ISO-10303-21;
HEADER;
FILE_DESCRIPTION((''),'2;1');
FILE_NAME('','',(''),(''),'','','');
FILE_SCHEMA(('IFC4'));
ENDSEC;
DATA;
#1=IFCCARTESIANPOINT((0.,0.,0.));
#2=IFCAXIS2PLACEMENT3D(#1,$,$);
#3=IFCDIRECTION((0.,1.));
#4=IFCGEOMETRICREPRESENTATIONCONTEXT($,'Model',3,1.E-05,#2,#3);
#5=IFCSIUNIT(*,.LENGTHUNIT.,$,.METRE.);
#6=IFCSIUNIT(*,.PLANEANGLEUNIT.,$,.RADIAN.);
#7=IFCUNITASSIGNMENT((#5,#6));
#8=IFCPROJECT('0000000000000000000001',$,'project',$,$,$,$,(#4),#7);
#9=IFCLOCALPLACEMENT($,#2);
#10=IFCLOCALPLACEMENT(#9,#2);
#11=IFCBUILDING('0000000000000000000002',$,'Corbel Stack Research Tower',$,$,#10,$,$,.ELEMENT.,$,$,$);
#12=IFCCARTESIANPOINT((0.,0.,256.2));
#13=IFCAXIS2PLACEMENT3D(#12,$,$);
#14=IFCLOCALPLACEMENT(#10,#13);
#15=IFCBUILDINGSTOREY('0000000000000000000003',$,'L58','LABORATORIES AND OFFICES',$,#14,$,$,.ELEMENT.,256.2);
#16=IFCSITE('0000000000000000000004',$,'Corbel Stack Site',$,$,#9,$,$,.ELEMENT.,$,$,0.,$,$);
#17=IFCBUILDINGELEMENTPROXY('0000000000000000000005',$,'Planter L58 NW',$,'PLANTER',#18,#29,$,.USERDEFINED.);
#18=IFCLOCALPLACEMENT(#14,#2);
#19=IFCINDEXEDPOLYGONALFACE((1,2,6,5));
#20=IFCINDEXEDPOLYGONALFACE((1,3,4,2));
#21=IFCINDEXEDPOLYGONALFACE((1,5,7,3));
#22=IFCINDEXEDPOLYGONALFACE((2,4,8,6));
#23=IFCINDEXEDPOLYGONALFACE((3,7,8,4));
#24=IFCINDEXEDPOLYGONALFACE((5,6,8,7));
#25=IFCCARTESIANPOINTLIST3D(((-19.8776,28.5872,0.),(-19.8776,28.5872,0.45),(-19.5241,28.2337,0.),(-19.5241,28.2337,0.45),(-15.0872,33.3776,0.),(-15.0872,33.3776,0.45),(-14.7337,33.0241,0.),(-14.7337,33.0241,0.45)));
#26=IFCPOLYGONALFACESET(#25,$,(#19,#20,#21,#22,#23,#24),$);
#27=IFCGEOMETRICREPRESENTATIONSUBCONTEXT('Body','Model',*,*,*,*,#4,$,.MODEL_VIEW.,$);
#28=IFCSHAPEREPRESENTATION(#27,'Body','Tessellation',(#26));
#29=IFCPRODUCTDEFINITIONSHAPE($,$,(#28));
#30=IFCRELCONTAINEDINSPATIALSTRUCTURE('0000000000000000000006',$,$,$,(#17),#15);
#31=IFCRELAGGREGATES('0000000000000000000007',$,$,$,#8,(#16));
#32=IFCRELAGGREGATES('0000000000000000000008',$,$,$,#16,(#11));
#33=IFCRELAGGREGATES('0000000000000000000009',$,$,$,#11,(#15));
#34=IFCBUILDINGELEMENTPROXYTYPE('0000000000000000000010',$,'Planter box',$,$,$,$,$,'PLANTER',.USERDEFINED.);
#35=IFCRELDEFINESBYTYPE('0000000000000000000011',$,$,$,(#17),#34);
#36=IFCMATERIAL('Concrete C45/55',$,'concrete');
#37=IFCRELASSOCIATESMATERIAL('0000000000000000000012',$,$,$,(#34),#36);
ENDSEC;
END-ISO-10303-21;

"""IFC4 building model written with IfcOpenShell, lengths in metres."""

from ifc_helpers import new_model, si_unit, direction, frame, origin, origin_2d, place, context, subcontext, project, spatial, rectangle, extrude, material, type_object, element, save


model = new_model("IFC4")

# Units and contexts
model_context = context("Model", 3, precision=1e-05, world=origin(), true_north=direction((0.0, 1.0)))
body_context = subcontext(model_context, "Body", "Model", "MODEL_VIEW")
ifc_project = project(units=[si_unit("LENGTHUNIT", "METRE"), si_unit("PLANEANGLEUNIT", "RADIAN")], contexts=[model_context])

# Site, building, storey
site_placement = place(None, origin())
site = spatial("IfcSite", under=ifc_project, at=site_placement, Name="Corbel Stack Site", CompositionType="ELEMENT", RefElevation=0.0)
building_placement = place(site_placement, origin())
building = spatial("IfcBuilding", under=site, at=building_placement, Name="Corbel Stack Research Tower", CompositionType="ELEMENT")
storey_placement = place(building_placement, frame((0.0, 0.0, 256.2)))
storey = spatial("IfcBuildingStorey", under=building, at=storey_placement, Name="L58", Description="LABORATORIES AND OFFICES", CompositionType="ELEMENT", Elevation=256.2)

# Building element proxy
ifc_material_1 = material(Name="Concrete C45/55", Category="concrete")
building_element_proxy_type = type_object("IfcBuildingElementProxyType", Name="Planter box", ElementType="PLANTER", PredefinedType="USERDEFINED", material=ifc_material_1)
proxy_placement = place(storey_placement, frame((-17.3057, 30.8057, 0.0), z_axis=(0.0, 0.0, 1.0), x_axis=(-0.707107, -0.707107, 0.0)))
element("IfcBuildingElementProxy", 1, at=proxy_placement, inside=storey, type_object=building_element_proxy_type, Name="Planter L58 NW", ObjectType="PLANTER", PredefinedType="USERDEFINED", context=body_context, shape_type="SweptSolid", body=[
    extrude(rectangle(XDim=6.7747, YDim=0.5, at=origin_2d()), origin(), (0.0, 0.0, 1.0), 0.45),
])

save(model, "model.ifc")
